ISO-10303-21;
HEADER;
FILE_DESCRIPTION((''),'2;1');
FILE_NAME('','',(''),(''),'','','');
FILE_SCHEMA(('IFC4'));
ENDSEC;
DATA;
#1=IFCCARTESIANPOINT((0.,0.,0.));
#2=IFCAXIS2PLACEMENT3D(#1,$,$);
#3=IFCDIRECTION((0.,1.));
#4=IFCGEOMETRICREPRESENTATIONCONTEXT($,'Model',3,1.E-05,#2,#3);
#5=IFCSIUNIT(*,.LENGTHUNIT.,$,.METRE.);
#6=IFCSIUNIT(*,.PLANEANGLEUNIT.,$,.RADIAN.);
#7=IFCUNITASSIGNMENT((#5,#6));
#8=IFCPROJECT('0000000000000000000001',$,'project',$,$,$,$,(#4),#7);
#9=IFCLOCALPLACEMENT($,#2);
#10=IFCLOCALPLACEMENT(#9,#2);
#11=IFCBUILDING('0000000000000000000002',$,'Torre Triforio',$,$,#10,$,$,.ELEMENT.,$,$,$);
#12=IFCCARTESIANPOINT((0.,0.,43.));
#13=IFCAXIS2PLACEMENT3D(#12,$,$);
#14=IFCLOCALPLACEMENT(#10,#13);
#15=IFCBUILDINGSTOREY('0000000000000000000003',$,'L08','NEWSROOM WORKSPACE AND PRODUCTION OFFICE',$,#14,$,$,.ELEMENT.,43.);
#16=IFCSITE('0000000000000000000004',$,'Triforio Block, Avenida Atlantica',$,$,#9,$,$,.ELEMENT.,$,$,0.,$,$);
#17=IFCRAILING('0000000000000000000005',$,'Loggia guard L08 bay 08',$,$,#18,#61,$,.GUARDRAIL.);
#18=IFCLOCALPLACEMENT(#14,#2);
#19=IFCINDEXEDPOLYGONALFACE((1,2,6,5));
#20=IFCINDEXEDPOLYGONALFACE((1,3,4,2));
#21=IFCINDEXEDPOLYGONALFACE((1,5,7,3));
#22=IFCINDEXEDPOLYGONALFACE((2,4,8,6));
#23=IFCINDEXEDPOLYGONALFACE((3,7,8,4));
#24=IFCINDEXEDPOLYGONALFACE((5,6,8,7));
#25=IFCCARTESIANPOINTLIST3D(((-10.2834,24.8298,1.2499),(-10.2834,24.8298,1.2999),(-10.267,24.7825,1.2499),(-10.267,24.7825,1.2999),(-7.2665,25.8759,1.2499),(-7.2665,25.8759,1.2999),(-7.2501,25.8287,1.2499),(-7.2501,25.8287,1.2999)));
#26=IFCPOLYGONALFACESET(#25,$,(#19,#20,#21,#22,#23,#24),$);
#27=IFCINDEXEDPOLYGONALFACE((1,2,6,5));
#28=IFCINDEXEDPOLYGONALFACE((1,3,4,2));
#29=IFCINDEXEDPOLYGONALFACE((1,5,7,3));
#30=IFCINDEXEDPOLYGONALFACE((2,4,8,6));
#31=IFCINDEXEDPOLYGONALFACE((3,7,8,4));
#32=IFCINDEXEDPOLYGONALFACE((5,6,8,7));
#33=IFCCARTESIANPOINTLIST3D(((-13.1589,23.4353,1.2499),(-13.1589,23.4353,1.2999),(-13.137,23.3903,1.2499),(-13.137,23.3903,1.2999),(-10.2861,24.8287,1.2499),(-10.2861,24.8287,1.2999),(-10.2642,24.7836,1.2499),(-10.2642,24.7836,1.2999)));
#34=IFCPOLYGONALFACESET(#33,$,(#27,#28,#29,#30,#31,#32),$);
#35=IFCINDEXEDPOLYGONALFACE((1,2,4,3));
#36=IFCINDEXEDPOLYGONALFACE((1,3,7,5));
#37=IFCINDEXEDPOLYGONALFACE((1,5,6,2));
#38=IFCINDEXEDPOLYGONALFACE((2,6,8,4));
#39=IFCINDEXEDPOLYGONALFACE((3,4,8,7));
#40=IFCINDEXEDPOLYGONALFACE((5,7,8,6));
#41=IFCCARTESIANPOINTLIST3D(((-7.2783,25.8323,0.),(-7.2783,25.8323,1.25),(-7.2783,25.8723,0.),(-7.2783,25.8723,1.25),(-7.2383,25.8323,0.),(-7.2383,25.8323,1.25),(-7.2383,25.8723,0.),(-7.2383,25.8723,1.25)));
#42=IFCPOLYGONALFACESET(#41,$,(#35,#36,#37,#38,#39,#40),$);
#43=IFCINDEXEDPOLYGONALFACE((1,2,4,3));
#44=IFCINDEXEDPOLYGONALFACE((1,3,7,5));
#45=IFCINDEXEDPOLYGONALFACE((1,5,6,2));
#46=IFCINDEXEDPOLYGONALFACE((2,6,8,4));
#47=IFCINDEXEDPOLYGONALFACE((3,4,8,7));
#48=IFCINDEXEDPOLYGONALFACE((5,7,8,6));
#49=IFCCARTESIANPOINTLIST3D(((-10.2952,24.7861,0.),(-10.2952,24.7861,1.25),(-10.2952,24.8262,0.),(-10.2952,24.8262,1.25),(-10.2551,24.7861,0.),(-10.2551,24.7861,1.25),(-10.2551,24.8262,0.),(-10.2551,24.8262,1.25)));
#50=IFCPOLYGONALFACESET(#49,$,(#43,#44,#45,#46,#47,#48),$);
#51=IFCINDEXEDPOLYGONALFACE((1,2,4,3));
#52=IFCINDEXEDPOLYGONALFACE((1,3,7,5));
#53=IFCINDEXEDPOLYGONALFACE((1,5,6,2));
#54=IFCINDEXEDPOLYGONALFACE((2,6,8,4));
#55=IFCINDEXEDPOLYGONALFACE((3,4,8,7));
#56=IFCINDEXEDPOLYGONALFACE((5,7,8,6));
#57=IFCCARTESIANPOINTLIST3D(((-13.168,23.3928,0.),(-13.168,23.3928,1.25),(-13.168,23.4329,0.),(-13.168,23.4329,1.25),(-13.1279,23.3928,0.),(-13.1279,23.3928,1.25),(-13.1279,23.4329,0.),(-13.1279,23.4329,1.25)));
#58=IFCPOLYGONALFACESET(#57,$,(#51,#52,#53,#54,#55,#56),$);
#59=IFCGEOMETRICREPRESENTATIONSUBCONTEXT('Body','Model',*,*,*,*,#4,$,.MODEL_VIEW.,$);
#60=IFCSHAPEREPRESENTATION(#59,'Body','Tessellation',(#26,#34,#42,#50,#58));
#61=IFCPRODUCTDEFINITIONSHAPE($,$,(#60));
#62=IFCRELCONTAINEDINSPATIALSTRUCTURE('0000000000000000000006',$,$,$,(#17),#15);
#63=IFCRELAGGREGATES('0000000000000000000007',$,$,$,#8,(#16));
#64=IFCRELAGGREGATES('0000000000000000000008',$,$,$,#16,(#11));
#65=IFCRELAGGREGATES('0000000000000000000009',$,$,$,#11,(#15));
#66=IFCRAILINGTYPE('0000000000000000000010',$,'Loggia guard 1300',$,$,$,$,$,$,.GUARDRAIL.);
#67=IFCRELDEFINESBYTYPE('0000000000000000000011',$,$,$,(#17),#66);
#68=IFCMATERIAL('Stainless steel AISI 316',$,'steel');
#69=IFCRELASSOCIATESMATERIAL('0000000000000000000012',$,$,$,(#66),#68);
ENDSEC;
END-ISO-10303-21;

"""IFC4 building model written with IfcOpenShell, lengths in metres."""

from ifc_helpers import new_model, si_unit, direction, frame, origin, origin_2d, place, context, subcontext, project, spatial, rectangle, extrude, material, type_object, element, save


model = new_model("IFC4")

# Units and contexts
model_context = context("Model", 3, precision=1e-05, world=origin(), true_north=direction((0.0, 1.0)))
body_context = subcontext(model_context, "Body", "Model", "MODEL_VIEW")
ifc_project = project(units=[si_unit("LENGTHUNIT", "METRE"), si_unit("PLANEANGLEUNIT", "RADIAN")], contexts=[model_context])

# Site, building, storey
site_placement = place(None, origin())
site = spatial("IfcSite", under=ifc_project, at=site_placement, Name="Triforio Block, Avenida Atlantica", CompositionType="ELEMENT", RefElevation=0.0)
building_placement = place(site_placement, origin())
building = spatial("IfcBuilding", under=site, at=building_placement, Name="Torre Triforio", CompositionType="ELEMENT")
storey_placement = place(building_placement, frame((0.0, 0.0, 43.0)))
storey = spatial("IfcBuildingStorey", under=building, at=storey_placement, Name="L08", Description="NEWSROOM WORKSPACE AND PRODUCTION OFFICE", CompositionType="ELEMENT", Elevation=43.0)

# Railing
ifc_material_1 = material(Name="Stainless steel AISI 316", Category="steel")
railing_type_1 = type_object("IfcRailingType", Name="Loggia guard 1300", PredefinedType="GUARDRAIL", material=ifc_material_1)
railing_1_placement = place(storey_placement, frame((-7.2583, 25.8523, 0.0)))
element("IfcRailing", 1, at=railing_1_placement, inside=storey, type_object=railing_type_1, Name="Loggia guard L08 bay 08", PredefinedType="GUARDRAIL", context=body_context, shape_type="SweptSolid", body=[
    extrude(rectangle(XDim=0.05, YDim=0.05, at=origin_2d()), frame((0.0, 0.0, 1.2749), z_axis=(-0.944807, -0.327628, 0.0), x_axis=(0.327628, -0.944807, 0.0)), (0.0, 0.0, 1.0), 3.1931),
    extrude(rectangle(XDim=0.05, YDim=0.05, at=origin_2d()), frame((-3.0168, -1.0461, 1.2749), z_axis=(-0.89976, -0.436384, 0.0), x_axis=(0.436384, -0.89976, 0.0)), (0.0, 0.0, 1.0), 3.1929),
    extrude(rectangle(XDim=0.04, YDim=0.04, at=origin_2d()), origin(), (0.0, 0.0, 1.0), 1.25),
    extrude(rectangle(XDim=0.04, YDim=0.04, at=origin_2d()), frame((-3.0168, -1.0461, 0.0)), (0.0, 0.0, 1.0), 1.25),
    extrude(rectangle(XDim=0.04, YDim=0.04, at=origin_2d()), frame((-5.8896, -2.4395, 0.0)), (0.0, 0.0, 1.0), 1.25),
])

save(model, "model.ifc")
